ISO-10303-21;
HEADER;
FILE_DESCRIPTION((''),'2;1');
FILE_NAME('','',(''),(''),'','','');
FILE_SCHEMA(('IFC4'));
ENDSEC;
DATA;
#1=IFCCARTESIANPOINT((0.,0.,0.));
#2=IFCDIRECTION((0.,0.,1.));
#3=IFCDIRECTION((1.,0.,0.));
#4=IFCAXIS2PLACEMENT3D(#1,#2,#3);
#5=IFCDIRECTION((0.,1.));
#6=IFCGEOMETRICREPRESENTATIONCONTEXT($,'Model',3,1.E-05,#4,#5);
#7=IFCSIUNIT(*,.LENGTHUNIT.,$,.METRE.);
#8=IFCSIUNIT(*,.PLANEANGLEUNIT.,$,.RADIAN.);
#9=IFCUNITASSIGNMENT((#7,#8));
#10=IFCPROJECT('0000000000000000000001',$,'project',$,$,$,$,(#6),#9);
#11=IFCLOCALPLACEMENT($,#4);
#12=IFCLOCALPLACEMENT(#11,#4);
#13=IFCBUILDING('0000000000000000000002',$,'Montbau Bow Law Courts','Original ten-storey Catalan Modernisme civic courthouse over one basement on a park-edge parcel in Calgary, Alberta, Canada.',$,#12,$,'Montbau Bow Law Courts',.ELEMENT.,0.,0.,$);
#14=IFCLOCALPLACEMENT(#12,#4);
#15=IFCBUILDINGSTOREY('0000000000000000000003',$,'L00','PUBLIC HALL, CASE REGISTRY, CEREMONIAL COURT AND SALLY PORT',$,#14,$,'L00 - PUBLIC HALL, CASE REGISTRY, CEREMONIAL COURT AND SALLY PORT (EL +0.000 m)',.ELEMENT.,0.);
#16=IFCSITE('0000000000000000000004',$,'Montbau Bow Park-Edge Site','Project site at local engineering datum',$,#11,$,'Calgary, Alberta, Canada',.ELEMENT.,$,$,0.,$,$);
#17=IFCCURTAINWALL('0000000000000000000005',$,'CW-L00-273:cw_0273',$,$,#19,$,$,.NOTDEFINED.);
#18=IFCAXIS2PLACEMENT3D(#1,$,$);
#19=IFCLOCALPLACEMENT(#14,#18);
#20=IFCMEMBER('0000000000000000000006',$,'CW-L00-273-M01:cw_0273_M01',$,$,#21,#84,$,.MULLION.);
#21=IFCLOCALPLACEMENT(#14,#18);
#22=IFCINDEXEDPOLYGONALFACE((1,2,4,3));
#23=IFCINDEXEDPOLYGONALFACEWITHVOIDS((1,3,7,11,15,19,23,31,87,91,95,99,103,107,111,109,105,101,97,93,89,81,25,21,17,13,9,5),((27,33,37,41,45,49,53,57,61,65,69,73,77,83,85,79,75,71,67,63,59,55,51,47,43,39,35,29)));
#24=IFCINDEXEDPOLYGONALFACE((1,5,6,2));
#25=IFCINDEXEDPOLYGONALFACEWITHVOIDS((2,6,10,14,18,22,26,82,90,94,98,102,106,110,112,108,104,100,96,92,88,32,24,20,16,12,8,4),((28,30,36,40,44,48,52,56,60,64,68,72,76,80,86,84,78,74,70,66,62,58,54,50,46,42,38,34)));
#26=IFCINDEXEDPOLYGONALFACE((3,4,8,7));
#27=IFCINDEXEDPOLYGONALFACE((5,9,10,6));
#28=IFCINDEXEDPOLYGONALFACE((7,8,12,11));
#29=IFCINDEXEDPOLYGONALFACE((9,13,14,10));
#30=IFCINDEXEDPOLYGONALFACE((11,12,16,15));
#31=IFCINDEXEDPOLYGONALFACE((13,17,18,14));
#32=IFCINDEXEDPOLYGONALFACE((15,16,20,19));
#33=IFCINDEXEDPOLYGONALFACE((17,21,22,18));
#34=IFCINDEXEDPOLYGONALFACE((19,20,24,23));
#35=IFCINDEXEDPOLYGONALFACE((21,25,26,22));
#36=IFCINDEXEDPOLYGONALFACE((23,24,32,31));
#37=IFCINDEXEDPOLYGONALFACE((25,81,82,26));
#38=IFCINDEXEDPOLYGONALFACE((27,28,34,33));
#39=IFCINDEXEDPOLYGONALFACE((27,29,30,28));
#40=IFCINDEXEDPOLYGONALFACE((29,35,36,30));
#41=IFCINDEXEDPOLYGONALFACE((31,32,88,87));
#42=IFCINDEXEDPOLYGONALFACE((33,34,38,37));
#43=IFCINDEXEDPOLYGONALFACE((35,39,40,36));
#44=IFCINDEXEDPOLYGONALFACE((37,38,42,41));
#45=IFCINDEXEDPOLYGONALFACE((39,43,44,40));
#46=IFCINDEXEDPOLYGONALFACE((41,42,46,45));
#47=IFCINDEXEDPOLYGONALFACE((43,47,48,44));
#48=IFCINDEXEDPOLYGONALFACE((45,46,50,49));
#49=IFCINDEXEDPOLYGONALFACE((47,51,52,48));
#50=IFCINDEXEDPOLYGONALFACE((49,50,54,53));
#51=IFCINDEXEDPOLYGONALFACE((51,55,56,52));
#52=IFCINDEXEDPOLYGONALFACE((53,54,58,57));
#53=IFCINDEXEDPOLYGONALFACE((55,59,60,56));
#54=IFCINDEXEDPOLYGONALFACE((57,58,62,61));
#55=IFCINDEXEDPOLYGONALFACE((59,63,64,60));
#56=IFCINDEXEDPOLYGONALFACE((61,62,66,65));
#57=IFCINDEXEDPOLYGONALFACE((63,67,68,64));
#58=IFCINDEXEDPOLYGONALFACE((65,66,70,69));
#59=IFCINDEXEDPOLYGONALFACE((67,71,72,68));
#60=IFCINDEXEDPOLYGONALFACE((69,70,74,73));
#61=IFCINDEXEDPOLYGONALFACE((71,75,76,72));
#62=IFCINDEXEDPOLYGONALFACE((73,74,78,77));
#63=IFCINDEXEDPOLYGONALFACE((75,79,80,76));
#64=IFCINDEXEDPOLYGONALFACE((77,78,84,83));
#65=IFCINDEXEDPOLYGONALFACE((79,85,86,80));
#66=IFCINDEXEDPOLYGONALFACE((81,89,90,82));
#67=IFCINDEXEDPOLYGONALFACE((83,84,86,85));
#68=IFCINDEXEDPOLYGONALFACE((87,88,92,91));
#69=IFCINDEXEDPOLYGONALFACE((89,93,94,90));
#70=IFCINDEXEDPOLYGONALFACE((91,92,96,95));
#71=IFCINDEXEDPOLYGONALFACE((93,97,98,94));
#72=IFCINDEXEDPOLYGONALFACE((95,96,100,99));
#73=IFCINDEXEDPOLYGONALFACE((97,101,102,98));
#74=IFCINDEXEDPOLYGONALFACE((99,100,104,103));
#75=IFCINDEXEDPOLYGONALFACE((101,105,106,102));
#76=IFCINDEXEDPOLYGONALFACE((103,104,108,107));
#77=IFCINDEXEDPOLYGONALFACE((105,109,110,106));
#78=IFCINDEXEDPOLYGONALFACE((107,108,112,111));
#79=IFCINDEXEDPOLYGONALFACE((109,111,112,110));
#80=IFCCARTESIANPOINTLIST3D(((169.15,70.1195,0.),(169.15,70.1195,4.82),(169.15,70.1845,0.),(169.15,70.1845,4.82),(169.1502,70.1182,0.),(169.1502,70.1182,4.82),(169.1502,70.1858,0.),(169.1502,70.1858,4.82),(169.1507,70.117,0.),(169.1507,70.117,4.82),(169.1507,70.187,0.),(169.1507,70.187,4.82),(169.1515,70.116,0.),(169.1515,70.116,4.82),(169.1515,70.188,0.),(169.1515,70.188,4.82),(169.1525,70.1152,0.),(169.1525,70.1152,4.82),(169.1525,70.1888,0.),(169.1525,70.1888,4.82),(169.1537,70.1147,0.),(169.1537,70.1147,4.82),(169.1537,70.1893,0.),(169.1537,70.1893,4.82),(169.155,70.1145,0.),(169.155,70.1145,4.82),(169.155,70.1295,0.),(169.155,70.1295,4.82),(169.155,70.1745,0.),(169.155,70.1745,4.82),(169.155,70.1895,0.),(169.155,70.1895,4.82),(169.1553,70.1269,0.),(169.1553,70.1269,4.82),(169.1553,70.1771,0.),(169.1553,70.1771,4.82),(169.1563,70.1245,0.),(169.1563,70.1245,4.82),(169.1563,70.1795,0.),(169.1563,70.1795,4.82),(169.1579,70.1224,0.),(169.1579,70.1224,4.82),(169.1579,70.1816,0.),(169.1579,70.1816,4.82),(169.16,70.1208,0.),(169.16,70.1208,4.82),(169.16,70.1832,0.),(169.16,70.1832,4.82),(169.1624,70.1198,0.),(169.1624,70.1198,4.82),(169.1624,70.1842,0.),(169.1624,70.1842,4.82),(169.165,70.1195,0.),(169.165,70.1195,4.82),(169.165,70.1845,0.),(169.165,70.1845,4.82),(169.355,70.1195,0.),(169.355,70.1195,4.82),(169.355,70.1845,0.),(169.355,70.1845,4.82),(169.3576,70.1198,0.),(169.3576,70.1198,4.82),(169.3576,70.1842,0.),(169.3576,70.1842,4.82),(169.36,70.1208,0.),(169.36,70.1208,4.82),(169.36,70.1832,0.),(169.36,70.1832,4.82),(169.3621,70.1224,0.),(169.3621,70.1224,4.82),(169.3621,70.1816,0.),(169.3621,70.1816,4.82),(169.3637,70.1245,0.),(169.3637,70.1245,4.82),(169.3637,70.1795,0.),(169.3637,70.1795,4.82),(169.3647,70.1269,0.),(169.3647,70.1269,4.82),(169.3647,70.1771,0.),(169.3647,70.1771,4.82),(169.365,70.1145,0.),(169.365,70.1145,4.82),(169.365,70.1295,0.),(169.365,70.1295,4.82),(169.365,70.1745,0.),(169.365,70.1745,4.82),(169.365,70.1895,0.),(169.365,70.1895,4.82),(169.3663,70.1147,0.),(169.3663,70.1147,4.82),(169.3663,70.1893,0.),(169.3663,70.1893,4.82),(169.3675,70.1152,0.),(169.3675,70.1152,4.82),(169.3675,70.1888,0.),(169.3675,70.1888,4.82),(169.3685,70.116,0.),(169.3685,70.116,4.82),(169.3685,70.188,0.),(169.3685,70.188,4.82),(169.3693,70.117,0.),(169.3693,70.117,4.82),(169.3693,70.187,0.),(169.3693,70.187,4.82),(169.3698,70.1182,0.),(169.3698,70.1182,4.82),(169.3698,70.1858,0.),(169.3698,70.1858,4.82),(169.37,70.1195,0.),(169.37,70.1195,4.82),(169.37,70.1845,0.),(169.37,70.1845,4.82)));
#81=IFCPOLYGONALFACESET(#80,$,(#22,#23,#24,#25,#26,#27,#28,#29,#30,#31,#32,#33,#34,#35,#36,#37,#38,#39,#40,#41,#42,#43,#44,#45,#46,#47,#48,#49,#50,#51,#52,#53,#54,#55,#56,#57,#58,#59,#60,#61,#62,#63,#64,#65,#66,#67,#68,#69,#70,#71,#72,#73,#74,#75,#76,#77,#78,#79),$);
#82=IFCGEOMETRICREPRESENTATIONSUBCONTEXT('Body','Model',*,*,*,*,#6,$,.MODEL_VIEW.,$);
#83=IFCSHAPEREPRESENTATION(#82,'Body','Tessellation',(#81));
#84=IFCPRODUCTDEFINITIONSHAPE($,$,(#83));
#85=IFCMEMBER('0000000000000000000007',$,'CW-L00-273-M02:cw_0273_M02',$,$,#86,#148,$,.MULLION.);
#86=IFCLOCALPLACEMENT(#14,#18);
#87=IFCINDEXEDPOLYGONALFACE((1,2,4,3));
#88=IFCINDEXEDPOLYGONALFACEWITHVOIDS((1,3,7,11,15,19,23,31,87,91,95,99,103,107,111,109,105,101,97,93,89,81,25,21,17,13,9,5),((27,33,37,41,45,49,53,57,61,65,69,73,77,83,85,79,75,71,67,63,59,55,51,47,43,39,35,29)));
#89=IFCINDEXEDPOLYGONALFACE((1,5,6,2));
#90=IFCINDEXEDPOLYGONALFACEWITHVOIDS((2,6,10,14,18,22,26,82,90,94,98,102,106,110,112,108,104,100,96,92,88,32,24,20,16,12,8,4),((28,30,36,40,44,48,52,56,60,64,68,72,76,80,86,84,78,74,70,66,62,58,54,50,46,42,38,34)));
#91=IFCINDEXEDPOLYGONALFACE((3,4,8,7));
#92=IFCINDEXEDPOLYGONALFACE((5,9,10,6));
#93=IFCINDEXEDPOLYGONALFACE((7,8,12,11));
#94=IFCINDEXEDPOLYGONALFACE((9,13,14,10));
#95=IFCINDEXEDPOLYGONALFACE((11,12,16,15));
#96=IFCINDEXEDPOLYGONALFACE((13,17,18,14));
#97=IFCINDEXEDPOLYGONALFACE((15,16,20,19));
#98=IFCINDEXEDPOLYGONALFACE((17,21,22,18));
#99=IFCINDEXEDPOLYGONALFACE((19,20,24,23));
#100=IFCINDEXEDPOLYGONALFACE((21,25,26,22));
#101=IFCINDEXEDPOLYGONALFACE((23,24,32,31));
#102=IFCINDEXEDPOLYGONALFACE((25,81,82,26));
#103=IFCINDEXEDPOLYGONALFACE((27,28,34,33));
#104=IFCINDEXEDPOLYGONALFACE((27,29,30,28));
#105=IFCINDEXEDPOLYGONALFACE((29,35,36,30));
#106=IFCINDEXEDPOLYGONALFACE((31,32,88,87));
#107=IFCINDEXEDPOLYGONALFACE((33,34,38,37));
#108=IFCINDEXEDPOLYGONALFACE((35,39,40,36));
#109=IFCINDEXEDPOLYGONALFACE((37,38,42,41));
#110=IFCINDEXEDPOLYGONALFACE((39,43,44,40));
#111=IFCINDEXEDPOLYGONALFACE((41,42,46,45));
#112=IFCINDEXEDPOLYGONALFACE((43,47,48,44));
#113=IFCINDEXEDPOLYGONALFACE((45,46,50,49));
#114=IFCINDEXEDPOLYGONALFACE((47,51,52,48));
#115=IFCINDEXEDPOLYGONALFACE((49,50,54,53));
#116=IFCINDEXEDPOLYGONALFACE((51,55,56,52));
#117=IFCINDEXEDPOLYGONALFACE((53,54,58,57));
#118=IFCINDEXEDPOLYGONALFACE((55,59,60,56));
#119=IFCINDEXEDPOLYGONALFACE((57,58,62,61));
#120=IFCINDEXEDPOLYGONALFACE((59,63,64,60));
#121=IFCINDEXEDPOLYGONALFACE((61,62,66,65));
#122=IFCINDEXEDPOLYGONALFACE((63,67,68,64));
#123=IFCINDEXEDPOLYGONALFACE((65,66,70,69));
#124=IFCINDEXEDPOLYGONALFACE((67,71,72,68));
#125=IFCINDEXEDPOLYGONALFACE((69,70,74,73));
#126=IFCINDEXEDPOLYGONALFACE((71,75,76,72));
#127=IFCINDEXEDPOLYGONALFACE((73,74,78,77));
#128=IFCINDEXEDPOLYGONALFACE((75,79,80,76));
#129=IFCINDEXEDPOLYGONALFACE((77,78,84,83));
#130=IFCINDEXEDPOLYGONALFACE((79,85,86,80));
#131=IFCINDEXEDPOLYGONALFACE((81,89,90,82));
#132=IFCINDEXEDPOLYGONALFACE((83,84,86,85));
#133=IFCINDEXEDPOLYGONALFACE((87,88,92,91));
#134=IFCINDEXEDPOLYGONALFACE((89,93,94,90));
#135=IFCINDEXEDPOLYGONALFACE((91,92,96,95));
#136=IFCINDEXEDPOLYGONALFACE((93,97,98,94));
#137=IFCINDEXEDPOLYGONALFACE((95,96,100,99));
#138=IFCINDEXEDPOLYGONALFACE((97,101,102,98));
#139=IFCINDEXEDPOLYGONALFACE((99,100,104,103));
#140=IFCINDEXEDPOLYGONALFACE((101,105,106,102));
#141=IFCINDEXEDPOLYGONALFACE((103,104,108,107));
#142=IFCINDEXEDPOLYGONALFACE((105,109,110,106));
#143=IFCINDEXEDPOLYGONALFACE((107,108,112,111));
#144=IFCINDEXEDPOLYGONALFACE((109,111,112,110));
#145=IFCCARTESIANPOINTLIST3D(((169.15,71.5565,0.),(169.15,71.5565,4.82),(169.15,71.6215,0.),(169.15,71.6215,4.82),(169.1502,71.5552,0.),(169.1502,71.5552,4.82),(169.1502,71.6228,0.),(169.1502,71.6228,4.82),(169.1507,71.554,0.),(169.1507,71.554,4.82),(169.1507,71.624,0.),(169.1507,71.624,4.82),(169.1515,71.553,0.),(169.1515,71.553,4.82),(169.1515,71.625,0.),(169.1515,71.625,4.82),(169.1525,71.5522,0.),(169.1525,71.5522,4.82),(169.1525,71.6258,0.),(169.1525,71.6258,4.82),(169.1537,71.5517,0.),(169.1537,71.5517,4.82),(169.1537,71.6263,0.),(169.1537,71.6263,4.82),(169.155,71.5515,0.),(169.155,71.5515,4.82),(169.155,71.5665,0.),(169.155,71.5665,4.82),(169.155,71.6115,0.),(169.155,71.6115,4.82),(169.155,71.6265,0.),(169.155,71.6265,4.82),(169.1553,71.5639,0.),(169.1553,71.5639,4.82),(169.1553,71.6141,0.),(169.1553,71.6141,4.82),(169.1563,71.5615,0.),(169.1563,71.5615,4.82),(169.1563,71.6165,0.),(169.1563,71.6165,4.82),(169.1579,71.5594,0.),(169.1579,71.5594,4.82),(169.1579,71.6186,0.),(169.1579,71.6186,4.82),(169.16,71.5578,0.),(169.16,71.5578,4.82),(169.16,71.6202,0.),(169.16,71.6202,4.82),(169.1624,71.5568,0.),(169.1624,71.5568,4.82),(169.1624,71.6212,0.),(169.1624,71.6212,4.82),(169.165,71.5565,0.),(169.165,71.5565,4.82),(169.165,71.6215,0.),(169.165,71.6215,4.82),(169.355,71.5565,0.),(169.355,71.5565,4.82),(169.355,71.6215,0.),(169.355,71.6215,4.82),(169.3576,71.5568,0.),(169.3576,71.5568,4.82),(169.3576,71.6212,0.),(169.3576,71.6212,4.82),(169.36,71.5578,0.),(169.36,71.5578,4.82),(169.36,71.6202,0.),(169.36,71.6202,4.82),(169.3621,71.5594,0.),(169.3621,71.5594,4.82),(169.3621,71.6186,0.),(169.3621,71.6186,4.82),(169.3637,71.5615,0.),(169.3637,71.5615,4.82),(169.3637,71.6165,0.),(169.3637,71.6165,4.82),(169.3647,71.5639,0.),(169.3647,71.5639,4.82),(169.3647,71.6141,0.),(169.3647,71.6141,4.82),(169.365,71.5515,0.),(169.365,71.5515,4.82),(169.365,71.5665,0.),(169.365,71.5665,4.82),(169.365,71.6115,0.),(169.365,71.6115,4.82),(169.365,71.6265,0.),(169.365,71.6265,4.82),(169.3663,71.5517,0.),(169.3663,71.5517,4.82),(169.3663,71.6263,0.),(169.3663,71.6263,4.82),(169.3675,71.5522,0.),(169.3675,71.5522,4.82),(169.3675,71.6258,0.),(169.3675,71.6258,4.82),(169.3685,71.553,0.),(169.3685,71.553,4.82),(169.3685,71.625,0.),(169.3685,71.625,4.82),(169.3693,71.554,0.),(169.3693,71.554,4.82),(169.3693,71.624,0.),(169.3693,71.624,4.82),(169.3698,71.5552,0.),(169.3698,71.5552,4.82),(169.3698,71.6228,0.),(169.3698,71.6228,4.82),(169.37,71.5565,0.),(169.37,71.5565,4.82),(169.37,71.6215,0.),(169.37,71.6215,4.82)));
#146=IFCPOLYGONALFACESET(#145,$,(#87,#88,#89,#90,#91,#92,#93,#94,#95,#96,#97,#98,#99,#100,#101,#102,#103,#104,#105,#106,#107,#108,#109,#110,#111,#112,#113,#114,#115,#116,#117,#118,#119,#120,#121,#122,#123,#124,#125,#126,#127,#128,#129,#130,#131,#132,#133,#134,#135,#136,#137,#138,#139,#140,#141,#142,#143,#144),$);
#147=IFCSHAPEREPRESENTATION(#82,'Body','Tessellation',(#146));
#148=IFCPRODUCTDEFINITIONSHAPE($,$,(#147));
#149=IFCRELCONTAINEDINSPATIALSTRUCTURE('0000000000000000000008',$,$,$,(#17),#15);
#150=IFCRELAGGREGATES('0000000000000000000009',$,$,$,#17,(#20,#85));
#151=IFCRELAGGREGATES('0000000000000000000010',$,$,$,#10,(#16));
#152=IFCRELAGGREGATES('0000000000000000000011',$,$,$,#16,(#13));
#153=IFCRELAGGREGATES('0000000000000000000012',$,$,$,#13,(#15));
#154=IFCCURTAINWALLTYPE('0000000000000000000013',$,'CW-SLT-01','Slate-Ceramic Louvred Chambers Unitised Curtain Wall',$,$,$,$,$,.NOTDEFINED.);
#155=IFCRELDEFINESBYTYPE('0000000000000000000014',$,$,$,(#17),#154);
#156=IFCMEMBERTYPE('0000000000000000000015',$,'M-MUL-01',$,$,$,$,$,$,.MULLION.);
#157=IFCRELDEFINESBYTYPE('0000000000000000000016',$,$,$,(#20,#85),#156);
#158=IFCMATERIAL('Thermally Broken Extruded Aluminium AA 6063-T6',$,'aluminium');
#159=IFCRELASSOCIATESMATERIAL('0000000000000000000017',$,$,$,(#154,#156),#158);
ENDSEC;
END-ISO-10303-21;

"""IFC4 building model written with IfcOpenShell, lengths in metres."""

from ifc_helpers import new_model, si_unit, direction, frame, origin_with_axes, origin_2d_with_axis, place, context, subcontext, project, spatial, hollow_rectangle, extrude, material, material_profile, profile_set, type_object, element, aggregate, save


model = new_model("IFC4")

# Units and contexts
model_context = context("Model", 3, precision=1e-05, world=origin_with_axes(), true_north=direction((0.0, 1.0)))
body_context = subcontext(model_context, "Body", "Model", "MODEL_VIEW")
ifc_project = project(units=[si_unit("LENGTHUNIT", "METRE"), si_unit("PLANEANGLEUNIT", "RADIAN")], contexts=[model_context])

# Site, building, storey
site_placement = place(None, origin_with_axes())
site = spatial("IfcSite", under=ifc_project, at=site_placement, Name="Montbau Bow Park-Edge Site", Description="Project site at local engineering datum", LongName="Calgary, Alberta, Canada", CompositionType="ELEMENT", RefElevation=0.0)
building_placement = place(site_placement, origin_with_axes())
building = spatial("IfcBuilding", under=site, at=building_placement, Name="Montbau Bow Law Courts", Description="Original ten-storey Catalan Modernisme civic courthouse over one basement on a park-edge parcel in Calgary, Alberta, Canada.", LongName="Montbau Bow Law Courts", CompositionType="ELEMENT", ElevationOfRefHeight=0.0, ElevationOfTerrain=0.0)
storey_placement = place(building_placement, origin_with_axes())
storey = spatial("IfcBuildingStorey", under=building, at=storey_placement, Name="L00", Description="PUBLIC HALL, CASE REGISTRY, CEREMONIAL COURT AND SALLY PORT", LongName="L00 - PUBLIC HALL, CASE REGISTRY, CEREMONIAL COURT AND SALLY PORT (EL +0.000 m)", CompositionType="ELEMENT", Elevation=0.0)

# Curtain wall, members
ifc_material_1 = material(Name="Thermally Broken Extruded Aluminium AA 6063-T6", Category="aluminium")
curtain_wall_type = type_object("IfcCurtainWallType", Name="CW-SLT-01", Description="Slate-Ceramic Louvred Chambers Unitised Curtain Wall", PredefinedType="NOTDEFINED", material=ifc_material_1)
curtain_wall_1_placement = place(None, frame((169.26, 70.115, 0.0), z_axis=(0.0, 0.0, 1.0), x_axis=(1.0, 0.0, 0.0)))
curtain_wall_1 = element("IfcCurtainWall", 1, at=curtain_wall_1_placement, inside=storey, type_object=curtain_wall_type, Name="CW-L00-273:cw_0273", PredefinedType="NOTDEFINED")
ifc_material_profile_1 = material_profile(ifc_material_1, hollow_rectangle(XDim=0.075, YDim=0.22, WallThickness=0.005, InnerFilletRadius=0.01, OuterFilletRadius=0.005, at=origin_2d_with_axis()), Name="CWM-220X75", Category="Main", Priority=0)
ifc_profile_set_1 = profile_set([ifc_material_profile_1], Name="Thermally Broken Extruded Aluminium AA 6063-T6")
member_type_1 = type_object("IfcMemberType", Name="M-MUL-01", PredefinedType="MULLION", material=ifc_profile_set_1)
member_1_placement = place(None, frame((169.26, 70.152, 0.0), z_axis=(0.0, 0.0, 1.0), x_axis=(0.0, 1.0, 0.0)))
member_1 = element("IfcMember", 2, at=member_1_placement, type_object=member_type_1, Name="CW-L00-273-M01:cw_0273_M01", PredefinedType="MULLION", context=body_context, shape_type="SweptSolid", body=[
    extrude(hollow_rectangle(XDim=0.075, YDim=0.22, WallThickness=0.005, InnerFilletRadius=0.01, OuterFilletRadius=0.005, at=origin_2d_with_axis()), origin_with_axes(), (0.0, 0.0, 1.0), 4.82),
])
member_2_placement = place(None, frame((169.26, 71.589, 0.0), z_axis=(0.0, 0.0, 1.0), x_axis=(0.0, 1.0, 0.0)))
member_2 = element("IfcMember", 3, at=member_2_placement, type_object=member_type_1, Name="CW-L00-273-M02:cw_0273_M02", PredefinedType="MULLION", context=body_context, shape_type="SweptSolid", body=[
    extrude(hollow_rectangle(XDim=0.075, YDim=0.22, WallThickness=0.005, InnerFilletRadius=0.01, OuterFilletRadius=0.005, at=origin_2d_with_axis()), origin_with_axes(), (0.0, 0.0, 1.0), 4.82),
])

aggregate(curtain_wall_1, [member_1, member_2])

save(model, "model.ifc")
